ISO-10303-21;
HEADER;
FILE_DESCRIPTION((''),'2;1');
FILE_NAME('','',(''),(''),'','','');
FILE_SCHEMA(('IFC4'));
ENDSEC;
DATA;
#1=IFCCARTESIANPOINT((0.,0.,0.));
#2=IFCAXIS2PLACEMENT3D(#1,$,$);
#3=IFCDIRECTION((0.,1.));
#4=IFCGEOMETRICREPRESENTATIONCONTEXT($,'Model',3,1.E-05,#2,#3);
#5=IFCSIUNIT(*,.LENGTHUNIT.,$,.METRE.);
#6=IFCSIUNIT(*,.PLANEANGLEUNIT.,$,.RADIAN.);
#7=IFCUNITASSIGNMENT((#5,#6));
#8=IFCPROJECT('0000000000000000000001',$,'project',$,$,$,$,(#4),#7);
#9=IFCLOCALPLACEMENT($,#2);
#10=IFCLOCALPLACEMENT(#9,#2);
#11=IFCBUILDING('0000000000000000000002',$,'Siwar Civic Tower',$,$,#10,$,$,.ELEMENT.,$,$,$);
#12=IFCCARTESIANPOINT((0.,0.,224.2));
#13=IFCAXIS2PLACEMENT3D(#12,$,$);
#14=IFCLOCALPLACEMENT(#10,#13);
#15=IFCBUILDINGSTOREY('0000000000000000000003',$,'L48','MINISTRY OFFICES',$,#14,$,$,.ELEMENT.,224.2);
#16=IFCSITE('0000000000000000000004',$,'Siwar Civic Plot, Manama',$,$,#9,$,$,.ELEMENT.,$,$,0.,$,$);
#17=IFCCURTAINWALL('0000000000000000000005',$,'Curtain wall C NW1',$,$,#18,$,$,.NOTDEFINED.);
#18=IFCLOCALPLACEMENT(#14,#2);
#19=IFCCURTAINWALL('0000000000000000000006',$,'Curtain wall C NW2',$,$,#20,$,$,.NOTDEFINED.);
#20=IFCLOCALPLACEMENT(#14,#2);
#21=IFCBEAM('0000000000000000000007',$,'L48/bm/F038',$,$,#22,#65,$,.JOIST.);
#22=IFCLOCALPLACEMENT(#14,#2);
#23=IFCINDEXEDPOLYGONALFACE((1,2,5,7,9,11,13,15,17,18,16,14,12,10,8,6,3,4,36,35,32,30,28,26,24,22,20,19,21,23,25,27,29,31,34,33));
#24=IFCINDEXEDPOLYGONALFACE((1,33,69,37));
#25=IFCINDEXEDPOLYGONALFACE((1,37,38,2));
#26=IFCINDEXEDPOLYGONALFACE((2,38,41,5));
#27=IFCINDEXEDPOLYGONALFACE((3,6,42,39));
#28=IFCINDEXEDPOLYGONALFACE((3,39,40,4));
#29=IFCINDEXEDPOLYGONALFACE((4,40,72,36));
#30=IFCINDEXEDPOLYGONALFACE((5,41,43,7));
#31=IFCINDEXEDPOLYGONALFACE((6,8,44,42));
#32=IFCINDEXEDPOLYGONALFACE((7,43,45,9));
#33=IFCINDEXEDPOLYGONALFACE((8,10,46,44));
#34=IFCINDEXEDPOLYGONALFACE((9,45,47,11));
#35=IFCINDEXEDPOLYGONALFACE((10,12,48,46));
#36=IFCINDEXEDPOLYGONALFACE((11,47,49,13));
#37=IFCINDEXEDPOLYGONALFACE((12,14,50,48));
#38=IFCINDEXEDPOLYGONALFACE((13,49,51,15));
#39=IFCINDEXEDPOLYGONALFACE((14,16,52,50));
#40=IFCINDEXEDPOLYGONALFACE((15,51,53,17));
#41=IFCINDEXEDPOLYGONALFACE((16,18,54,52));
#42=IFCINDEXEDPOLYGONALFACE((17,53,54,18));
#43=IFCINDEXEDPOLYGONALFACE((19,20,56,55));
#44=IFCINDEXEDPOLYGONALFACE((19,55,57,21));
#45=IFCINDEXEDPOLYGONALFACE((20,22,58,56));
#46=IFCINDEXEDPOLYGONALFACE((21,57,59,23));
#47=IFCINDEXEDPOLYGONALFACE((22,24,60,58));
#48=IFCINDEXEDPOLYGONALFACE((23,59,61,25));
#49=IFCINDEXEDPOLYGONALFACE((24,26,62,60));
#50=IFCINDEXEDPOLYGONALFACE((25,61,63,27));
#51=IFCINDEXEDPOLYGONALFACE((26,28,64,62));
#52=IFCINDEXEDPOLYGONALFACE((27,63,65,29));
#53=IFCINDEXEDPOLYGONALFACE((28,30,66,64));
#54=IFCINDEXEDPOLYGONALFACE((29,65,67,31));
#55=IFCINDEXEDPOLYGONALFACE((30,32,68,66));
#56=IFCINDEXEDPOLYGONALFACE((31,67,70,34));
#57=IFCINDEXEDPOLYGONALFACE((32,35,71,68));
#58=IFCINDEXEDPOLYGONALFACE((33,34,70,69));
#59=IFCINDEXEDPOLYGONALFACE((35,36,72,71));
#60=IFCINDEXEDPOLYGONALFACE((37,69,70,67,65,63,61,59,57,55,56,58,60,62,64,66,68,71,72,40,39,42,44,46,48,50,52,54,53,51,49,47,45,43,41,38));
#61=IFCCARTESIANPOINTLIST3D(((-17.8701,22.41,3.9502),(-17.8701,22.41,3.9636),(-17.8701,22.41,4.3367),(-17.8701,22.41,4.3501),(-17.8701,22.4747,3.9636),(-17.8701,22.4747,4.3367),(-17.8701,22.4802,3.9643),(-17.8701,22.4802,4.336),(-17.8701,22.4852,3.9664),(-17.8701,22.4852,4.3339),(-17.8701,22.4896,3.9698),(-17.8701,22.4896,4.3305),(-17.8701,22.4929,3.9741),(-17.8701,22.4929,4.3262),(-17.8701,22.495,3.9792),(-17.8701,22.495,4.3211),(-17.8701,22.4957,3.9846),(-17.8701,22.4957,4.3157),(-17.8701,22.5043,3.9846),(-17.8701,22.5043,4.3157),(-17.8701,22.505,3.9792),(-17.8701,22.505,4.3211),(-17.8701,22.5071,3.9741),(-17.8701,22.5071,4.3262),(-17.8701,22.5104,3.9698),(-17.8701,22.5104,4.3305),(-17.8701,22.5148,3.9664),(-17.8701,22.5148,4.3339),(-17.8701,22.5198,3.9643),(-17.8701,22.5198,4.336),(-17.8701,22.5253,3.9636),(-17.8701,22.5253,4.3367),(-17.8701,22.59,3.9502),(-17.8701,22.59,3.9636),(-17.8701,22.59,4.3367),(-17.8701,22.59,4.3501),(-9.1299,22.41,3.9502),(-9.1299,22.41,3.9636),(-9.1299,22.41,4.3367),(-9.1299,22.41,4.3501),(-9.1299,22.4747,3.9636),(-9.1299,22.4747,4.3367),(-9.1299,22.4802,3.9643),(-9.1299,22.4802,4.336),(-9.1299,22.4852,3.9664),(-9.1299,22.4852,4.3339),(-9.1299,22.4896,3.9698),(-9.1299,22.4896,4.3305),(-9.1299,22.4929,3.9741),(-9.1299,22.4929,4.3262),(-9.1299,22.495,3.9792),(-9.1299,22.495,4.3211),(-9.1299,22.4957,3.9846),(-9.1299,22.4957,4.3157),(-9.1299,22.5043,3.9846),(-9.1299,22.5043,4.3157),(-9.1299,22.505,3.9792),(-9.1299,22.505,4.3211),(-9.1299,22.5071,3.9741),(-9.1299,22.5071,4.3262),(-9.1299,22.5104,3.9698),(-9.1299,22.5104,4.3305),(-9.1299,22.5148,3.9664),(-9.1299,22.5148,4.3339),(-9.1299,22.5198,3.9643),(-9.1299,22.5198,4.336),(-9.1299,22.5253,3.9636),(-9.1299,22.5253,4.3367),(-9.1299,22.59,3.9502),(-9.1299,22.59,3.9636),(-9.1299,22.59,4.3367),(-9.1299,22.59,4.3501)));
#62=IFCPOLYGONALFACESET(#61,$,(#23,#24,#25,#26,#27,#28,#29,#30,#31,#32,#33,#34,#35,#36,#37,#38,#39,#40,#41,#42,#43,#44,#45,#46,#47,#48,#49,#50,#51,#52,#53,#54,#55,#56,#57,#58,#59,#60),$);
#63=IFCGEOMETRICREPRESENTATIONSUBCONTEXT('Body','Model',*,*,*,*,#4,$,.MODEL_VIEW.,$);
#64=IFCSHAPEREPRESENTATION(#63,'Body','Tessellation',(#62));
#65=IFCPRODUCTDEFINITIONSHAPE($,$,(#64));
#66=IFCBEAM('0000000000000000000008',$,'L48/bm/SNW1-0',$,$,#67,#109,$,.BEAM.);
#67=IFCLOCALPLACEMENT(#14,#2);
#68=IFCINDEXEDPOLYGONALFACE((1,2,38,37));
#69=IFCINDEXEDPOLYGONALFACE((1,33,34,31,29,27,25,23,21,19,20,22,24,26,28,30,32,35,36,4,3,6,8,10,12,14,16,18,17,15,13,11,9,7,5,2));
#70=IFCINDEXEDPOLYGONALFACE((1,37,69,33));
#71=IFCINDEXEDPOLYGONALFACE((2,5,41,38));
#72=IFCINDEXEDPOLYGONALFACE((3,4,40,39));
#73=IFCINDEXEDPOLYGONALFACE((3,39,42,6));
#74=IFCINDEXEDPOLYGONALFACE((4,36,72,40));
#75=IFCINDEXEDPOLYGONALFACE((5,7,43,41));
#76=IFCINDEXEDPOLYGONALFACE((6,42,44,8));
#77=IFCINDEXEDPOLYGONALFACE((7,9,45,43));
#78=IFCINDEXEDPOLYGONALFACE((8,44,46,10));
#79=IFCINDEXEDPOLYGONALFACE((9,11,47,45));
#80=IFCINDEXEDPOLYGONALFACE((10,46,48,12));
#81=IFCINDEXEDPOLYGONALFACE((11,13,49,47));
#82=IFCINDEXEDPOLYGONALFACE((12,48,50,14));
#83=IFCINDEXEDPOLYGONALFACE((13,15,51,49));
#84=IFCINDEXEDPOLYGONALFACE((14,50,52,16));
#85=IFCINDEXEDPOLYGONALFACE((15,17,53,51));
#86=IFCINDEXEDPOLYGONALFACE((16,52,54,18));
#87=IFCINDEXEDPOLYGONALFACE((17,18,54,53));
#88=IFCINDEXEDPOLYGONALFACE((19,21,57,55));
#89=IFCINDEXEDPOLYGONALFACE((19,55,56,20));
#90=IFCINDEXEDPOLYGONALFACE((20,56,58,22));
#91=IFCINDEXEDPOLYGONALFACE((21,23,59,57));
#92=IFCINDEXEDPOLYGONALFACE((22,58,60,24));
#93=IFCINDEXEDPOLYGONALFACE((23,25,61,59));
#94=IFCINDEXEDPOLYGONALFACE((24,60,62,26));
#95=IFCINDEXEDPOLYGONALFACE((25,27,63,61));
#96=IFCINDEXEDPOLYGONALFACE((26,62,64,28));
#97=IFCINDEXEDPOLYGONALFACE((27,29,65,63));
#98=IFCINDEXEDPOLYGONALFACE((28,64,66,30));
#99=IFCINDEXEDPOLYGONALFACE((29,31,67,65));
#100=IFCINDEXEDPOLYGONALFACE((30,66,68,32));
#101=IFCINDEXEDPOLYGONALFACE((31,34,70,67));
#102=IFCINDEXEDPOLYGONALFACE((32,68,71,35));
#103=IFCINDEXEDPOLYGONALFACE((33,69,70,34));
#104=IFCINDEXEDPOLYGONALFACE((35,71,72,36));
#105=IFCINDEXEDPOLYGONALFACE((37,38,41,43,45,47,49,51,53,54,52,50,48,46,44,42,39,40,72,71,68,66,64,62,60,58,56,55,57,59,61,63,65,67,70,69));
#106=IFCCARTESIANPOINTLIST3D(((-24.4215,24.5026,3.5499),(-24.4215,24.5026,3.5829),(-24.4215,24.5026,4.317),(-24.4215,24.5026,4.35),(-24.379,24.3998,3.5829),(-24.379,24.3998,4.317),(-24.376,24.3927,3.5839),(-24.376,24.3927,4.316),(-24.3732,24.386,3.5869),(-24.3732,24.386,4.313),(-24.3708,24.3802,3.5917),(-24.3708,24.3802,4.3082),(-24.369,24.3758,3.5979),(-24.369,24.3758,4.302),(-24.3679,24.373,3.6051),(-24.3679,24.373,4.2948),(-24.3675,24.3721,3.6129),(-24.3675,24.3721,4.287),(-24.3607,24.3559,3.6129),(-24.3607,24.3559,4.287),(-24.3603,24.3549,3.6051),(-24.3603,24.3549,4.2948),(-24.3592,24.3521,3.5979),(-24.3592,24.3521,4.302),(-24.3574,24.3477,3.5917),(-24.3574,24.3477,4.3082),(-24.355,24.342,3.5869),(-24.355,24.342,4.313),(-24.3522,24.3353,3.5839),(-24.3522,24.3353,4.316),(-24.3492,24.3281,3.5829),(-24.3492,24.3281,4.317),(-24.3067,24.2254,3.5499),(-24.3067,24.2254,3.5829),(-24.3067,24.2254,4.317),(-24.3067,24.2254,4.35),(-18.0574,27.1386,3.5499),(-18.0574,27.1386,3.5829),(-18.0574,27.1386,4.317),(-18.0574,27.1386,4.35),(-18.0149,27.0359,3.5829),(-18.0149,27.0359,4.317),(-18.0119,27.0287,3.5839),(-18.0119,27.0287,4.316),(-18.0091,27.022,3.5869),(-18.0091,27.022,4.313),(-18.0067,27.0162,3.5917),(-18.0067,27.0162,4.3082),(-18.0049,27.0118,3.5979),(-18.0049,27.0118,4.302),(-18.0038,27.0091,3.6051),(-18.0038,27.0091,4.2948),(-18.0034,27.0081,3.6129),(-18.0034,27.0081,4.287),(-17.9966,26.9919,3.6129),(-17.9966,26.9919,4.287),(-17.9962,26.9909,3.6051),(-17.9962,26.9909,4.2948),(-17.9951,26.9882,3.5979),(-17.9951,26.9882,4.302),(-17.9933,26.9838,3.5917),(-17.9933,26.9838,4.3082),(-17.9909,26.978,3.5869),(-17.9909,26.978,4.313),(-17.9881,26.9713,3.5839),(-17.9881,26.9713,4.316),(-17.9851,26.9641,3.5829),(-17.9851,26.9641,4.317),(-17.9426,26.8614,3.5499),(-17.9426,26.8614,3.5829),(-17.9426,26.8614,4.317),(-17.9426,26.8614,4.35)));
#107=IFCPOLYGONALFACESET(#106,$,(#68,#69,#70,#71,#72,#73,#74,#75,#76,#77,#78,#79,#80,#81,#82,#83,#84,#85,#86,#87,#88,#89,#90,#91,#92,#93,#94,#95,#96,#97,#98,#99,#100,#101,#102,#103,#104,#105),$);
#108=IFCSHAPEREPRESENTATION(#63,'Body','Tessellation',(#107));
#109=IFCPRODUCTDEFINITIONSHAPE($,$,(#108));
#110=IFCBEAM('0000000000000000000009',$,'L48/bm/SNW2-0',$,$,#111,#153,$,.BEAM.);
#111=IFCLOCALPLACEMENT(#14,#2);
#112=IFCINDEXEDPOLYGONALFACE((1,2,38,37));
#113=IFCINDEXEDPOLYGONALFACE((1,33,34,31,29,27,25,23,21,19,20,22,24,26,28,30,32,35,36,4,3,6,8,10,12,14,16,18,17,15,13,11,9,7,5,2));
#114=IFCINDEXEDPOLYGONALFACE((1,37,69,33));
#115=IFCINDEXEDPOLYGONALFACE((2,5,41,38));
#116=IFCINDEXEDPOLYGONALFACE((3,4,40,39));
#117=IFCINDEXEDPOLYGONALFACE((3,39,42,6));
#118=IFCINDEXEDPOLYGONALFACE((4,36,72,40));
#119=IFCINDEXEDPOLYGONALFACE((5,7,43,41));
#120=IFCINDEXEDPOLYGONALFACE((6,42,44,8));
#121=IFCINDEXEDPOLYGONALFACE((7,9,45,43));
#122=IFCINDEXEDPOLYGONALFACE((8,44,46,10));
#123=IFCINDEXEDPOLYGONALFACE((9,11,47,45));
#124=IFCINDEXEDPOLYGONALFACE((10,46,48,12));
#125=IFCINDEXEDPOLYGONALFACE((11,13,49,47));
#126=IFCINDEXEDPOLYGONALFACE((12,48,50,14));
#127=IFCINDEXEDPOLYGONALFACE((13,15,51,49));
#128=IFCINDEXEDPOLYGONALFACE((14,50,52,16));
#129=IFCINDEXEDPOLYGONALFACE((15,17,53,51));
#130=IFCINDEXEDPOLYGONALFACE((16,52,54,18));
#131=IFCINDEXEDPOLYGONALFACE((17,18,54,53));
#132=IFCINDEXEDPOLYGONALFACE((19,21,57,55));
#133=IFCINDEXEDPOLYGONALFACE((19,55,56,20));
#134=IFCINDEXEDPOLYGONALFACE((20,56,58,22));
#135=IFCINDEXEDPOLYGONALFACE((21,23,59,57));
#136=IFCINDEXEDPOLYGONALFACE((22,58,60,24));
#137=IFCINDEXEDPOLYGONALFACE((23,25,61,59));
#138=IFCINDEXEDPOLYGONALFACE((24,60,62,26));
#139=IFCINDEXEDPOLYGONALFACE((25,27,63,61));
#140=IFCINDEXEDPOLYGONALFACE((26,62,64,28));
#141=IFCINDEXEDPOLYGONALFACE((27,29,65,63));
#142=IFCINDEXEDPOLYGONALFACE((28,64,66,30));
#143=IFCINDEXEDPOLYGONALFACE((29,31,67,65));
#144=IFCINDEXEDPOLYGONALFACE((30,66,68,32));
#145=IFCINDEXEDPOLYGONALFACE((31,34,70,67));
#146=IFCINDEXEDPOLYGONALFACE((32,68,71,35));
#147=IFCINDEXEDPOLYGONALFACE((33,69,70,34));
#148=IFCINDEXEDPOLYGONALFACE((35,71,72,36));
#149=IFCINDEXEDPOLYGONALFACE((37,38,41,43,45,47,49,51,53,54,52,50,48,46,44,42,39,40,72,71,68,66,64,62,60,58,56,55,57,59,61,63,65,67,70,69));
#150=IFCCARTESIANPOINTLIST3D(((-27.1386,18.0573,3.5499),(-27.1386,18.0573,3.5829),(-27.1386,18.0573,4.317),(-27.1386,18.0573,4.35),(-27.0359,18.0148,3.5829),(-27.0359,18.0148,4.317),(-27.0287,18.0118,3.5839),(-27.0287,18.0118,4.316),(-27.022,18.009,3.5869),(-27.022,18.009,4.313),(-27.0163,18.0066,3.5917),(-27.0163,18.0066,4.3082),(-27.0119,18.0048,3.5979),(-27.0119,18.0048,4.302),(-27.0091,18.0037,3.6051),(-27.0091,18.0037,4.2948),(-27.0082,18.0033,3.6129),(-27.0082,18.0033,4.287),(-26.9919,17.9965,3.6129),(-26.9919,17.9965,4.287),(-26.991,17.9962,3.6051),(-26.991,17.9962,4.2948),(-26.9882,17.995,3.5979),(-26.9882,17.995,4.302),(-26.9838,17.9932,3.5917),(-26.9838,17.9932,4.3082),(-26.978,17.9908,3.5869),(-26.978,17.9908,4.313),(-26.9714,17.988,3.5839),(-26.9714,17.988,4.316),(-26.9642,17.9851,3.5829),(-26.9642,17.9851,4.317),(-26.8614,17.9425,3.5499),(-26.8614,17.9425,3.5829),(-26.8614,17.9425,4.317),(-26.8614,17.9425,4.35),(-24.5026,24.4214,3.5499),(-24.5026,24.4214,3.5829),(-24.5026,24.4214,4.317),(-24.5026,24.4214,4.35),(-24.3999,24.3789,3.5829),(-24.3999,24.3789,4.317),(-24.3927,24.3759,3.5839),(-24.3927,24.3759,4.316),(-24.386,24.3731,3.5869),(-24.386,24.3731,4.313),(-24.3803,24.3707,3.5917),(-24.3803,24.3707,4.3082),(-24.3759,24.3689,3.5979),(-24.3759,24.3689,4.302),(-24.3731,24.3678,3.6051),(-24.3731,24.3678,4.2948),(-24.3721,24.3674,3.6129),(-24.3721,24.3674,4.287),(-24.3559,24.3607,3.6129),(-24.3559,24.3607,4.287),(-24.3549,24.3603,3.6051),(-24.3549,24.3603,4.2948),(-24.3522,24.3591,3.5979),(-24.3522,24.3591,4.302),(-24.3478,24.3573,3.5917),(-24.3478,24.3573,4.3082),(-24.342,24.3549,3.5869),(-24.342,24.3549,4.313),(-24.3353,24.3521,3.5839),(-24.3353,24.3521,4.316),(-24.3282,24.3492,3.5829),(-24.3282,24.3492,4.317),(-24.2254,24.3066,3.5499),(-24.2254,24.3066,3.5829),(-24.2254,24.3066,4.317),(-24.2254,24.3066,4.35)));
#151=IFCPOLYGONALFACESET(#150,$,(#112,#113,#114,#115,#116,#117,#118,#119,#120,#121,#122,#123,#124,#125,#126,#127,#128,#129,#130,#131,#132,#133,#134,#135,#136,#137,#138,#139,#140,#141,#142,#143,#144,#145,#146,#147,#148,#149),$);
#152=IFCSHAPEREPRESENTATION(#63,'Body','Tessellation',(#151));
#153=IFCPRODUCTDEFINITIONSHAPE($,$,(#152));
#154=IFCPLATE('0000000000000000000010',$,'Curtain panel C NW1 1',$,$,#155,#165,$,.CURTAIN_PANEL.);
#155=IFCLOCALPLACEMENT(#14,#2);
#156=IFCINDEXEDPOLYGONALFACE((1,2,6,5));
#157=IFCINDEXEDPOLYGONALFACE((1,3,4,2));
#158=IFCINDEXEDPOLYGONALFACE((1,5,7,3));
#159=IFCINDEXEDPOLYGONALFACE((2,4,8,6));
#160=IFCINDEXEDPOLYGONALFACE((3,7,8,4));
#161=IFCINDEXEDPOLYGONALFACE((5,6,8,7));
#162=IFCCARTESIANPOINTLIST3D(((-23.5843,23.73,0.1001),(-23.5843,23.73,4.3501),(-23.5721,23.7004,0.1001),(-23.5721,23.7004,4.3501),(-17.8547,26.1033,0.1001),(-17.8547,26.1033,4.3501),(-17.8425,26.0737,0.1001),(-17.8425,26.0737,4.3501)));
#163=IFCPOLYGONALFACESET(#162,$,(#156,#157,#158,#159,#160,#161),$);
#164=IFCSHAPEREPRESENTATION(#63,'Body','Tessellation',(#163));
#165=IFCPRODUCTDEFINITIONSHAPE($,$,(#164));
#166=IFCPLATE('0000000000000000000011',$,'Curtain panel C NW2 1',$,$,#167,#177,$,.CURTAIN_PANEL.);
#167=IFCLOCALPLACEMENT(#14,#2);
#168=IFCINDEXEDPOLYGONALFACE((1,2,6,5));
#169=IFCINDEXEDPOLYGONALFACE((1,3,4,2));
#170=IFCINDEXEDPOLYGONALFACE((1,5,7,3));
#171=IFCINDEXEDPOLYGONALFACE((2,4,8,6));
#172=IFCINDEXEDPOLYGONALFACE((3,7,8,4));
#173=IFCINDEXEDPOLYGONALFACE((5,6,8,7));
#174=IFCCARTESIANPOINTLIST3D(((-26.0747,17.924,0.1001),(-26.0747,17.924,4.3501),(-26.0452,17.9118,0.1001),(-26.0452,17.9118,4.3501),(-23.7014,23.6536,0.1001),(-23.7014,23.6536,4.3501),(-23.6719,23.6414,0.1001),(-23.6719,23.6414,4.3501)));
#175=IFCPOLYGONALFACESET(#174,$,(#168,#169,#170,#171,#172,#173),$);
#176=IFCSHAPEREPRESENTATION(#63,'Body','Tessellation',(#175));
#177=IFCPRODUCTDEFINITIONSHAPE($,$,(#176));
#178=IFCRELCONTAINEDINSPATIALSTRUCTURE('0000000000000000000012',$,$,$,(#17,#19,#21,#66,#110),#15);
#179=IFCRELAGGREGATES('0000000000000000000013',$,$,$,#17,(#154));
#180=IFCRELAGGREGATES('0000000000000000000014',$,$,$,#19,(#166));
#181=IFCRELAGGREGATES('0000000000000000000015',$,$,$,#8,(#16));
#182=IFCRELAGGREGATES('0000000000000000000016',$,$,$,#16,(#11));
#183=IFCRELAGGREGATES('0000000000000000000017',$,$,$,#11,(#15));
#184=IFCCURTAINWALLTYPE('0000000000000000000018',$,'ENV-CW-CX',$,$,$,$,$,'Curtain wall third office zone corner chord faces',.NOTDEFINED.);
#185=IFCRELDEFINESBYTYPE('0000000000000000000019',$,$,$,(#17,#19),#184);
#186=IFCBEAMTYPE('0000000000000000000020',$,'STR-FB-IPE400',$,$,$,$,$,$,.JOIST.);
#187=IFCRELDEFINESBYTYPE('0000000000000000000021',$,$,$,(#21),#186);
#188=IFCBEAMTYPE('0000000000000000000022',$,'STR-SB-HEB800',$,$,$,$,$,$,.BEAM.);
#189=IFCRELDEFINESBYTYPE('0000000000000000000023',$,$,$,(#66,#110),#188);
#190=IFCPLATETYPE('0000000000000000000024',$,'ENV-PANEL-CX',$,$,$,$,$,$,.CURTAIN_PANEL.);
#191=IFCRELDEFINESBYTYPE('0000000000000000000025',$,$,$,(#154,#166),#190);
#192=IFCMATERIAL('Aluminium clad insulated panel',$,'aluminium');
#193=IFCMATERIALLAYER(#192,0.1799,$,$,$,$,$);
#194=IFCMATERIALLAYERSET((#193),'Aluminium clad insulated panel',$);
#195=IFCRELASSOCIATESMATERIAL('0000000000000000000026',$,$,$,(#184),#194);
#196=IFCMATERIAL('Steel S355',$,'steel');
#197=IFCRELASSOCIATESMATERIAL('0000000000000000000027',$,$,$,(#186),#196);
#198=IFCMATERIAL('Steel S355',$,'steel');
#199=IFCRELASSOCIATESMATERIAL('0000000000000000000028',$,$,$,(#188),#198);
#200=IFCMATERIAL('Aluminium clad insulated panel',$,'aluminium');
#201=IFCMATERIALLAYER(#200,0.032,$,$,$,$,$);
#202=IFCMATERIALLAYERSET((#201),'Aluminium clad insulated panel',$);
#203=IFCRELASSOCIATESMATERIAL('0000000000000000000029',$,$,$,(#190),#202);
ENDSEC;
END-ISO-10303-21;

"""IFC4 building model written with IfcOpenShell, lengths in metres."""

from ifc_helpers import new_model, si_unit, direction, frame, origin, origin_2d, place, context, subcontext, project, spatial, rectangle, i_section, extrude, material, layer, layer_set, material_profile, profile_set, type_object, element, aggregate, save


model = new_model("IFC4")

# Units and contexts
model_context = context("Model", 3, precision=1e-05, world=origin(), true_north=direction((0.0, 1.0)))
body_context = subcontext(model_context, "Body", "Model", "MODEL_VIEW")
ifc_project = project(units=[si_unit("LENGTHUNIT", "METRE"), si_unit("PLANEANGLEUNIT", "RADIAN")], contexts=[model_context])

# Site, building, storey
site_placement = place(None, origin())
site = spatial("IfcSite", under=ifc_project, at=site_placement, Name="Siwar Civic Plot, Manama", CompositionType="ELEMENT", RefElevation=0.0)
building_placement = place(site_placement, origin())
building = spatial("IfcBuilding", under=site, at=building_placement, Name="Siwar Civic Tower", CompositionType="ELEMENT")
storey_placement = place(building_placement, frame((0.0, 0.0, 224.2)))
storey = spatial("IfcBuildingStorey", under=building, at=storey_placement, Name="L48", Description="MINISTRY OFFICES", CompositionType="ELEMENT", Elevation=224.2)

# Curtain walls
ifc_material_1 = material(Name="Aluminium clad insulated panel", Category="aluminium")
ifc_layer_1 = layer(ifc_material_1, 0.1799)
ifc_layer_set_1 = layer_set([ifc_layer_1], Name="Aluminium clad insulated panel")
curtain_wall_type = type_object("IfcCurtainWallType", Name="ENV-CW-CX", ElementType="Curtain wall third office zone corner chord faces", PredefinedType="NOTDEFINED", material=ifc_layer_set_1)
curtain_wall_1_placement = place(storey_placement, origin())
curtain_wall_1 = element("IfcCurtainWall", 1, at=curtain_wall_1_placement, inside=storey, type_object=curtain_wall_type, Name="Curtain wall C NW1", PredefinedType="NOTDEFINED")
curtain_wall_2_placement = place(storey_placement, origin())
curtain_wall_2 = element("IfcCurtainWall", 2, at=curtain_wall_2_placement, inside=storey, type_object=curtain_wall_type, Name="Curtain wall C NW2", PredefinedType="NOTDEFINED")

# Beams
ifc_material_2 = material(Name="Steel S355", Category="steel")
ifc_material_profile_1 = material_profile(ifc_material_2, i_section(OverallWidth=0.1799, OverallDepth=0.3999, WebThickness=0.0085, FlangeThickness=0.0134, FilletRadius=0.021, at=origin_2d()), Name="IPE400")
ifc_profile_set_1 = profile_set([ifc_material_profile_1], Name="Steel S355")
beam_type_1 = type_object("IfcBeamType", Name="STR-FB-IPE400", PredefinedType="JOIST", material=ifc_profile_set_1)
beam_1_placement = place(storey_placement, frame((-17.8701, 22.5, 4.1501), z_axis=(1.0, 0.0, 0.0), x_axis=(0.0, 1.0, 0.0)))
element("IfcBeam", 3, at=beam_1_placement, inside=storey, type_object=beam_type_1, Name="L48/bm/F038", PredefinedType="JOIST", context=body_context, shape_type="SweptSolid", body=[
    extrude(i_section(OverallWidth=0.1799, OverallDepth=0.3999, WebThickness=0.0085, FlangeThickness=0.0134, FilletRadius=0.021, at=origin_2d()), origin(), (0.0, 0.0, 1.0), 8.7402),
])
ifc_material_3 = material(Name="Steel S355", Category="steel")
ifc_material_profile_2 = material_profile(ifc_material_3, i_section(OverallWidth=0.3, OverallDepth=0.8, WebThickness=0.0176, FlangeThickness=0.033, FilletRadius=0.03, at=origin_2d()), Name="HEB800")
ifc_profile_set_2 = profile_set([ifc_material_profile_2], Name="Steel S355")
beam_type_2 = type_object("IfcBeamType", Name="STR-SB-HEB800", PredefinedType="BEAM", material=ifc_profile_set_2)
for number, where, z_axis, x_axis, name in (
    (4, (-18.0, 27.0, 3.95), (-0.923883, -0.382674, 0.0), (0.382674, -0.923883, 0.0), "L48/bm/SNW1-0"),
    (5, (-24.364, 24.364, 3.95), (-0.382674, -0.923883, 0.0), (0.923883, -0.382674, 0.0), "L48/bm/SNW2-0"),
):
    element("IfcBeam", number, at=place(storey_placement, frame(where, z_axis=z_axis, x_axis=x_axis)), inside=storey, type_object=beam_type_2, Name=name, PredefinedType="BEAM", context=body_context, shape_type="SweptSolid", body=[
        extrude(i_section(OverallWidth=0.3, OverallDepth=0.8, WebThickness=0.0176, FlangeThickness=0.033, FilletRadius=0.03, at=origin_2d()), origin(), (0.0, 0.0, 1.0), 6.8884),
    ])

# Plates
ifc_material_4 = material(Name="Aluminium clad insulated panel", Category="aluminium")
ifc_layer_2 = layer(ifc_material_4, 0.032)
ifc_layer_set_2 = layer_set([ifc_layer_2], Name="Aluminium clad insulated panel")
plate_type = type_object("IfcPlateType", Name="ENV-PANEL-CX", PredefinedType="CURTAIN_PANEL", material=ifc_layer_set_2)
plate_1_placement = place(storey_placement, frame((-20.7134, 24.9019, 0.1001), z_axis=(0.0, 0.0, 1.0), x_axis=(-0.92388, -0.382683, 0.0)))
plate_1 = element("IfcPlate", 6, at=plate_1_placement, type_object=plate_type, Name="Curtain panel C NW1 1", PredefinedType="CURTAIN_PANEL", context=body_context, shape_type="SweptSolid", body=[
    extrude(rectangle(XDim=6.2017, YDim=0.032, at=origin_2d()), origin(), (0.0, 0.0, 1.0), 4.25),
])
aggregate(curtain_wall_1, [plate_1])
plate_2_placement = place(storey_placement, frame((-24.8733, 20.7827, 0.1001), z_axis=(0.0, 0.0, 1.0), x_axis=(-0.382683, -0.92388, 0.0)))
plate_2 = element("IfcPlate", 7, at=plate_2_placement, type_object=plate_type, Name="Curtain panel C NW2 1", PredefinedType="CURTAIN_PANEL", context=body_context, shape_type="SweptSolid", body=[
    extrude(rectangle(XDim=6.2017, YDim=0.032, at=origin_2d()), origin(), (0.0, 0.0, 1.0), 4.25),
])
aggregate(curtain_wall_2, [plate_2])

save(model, "model.ifc")
